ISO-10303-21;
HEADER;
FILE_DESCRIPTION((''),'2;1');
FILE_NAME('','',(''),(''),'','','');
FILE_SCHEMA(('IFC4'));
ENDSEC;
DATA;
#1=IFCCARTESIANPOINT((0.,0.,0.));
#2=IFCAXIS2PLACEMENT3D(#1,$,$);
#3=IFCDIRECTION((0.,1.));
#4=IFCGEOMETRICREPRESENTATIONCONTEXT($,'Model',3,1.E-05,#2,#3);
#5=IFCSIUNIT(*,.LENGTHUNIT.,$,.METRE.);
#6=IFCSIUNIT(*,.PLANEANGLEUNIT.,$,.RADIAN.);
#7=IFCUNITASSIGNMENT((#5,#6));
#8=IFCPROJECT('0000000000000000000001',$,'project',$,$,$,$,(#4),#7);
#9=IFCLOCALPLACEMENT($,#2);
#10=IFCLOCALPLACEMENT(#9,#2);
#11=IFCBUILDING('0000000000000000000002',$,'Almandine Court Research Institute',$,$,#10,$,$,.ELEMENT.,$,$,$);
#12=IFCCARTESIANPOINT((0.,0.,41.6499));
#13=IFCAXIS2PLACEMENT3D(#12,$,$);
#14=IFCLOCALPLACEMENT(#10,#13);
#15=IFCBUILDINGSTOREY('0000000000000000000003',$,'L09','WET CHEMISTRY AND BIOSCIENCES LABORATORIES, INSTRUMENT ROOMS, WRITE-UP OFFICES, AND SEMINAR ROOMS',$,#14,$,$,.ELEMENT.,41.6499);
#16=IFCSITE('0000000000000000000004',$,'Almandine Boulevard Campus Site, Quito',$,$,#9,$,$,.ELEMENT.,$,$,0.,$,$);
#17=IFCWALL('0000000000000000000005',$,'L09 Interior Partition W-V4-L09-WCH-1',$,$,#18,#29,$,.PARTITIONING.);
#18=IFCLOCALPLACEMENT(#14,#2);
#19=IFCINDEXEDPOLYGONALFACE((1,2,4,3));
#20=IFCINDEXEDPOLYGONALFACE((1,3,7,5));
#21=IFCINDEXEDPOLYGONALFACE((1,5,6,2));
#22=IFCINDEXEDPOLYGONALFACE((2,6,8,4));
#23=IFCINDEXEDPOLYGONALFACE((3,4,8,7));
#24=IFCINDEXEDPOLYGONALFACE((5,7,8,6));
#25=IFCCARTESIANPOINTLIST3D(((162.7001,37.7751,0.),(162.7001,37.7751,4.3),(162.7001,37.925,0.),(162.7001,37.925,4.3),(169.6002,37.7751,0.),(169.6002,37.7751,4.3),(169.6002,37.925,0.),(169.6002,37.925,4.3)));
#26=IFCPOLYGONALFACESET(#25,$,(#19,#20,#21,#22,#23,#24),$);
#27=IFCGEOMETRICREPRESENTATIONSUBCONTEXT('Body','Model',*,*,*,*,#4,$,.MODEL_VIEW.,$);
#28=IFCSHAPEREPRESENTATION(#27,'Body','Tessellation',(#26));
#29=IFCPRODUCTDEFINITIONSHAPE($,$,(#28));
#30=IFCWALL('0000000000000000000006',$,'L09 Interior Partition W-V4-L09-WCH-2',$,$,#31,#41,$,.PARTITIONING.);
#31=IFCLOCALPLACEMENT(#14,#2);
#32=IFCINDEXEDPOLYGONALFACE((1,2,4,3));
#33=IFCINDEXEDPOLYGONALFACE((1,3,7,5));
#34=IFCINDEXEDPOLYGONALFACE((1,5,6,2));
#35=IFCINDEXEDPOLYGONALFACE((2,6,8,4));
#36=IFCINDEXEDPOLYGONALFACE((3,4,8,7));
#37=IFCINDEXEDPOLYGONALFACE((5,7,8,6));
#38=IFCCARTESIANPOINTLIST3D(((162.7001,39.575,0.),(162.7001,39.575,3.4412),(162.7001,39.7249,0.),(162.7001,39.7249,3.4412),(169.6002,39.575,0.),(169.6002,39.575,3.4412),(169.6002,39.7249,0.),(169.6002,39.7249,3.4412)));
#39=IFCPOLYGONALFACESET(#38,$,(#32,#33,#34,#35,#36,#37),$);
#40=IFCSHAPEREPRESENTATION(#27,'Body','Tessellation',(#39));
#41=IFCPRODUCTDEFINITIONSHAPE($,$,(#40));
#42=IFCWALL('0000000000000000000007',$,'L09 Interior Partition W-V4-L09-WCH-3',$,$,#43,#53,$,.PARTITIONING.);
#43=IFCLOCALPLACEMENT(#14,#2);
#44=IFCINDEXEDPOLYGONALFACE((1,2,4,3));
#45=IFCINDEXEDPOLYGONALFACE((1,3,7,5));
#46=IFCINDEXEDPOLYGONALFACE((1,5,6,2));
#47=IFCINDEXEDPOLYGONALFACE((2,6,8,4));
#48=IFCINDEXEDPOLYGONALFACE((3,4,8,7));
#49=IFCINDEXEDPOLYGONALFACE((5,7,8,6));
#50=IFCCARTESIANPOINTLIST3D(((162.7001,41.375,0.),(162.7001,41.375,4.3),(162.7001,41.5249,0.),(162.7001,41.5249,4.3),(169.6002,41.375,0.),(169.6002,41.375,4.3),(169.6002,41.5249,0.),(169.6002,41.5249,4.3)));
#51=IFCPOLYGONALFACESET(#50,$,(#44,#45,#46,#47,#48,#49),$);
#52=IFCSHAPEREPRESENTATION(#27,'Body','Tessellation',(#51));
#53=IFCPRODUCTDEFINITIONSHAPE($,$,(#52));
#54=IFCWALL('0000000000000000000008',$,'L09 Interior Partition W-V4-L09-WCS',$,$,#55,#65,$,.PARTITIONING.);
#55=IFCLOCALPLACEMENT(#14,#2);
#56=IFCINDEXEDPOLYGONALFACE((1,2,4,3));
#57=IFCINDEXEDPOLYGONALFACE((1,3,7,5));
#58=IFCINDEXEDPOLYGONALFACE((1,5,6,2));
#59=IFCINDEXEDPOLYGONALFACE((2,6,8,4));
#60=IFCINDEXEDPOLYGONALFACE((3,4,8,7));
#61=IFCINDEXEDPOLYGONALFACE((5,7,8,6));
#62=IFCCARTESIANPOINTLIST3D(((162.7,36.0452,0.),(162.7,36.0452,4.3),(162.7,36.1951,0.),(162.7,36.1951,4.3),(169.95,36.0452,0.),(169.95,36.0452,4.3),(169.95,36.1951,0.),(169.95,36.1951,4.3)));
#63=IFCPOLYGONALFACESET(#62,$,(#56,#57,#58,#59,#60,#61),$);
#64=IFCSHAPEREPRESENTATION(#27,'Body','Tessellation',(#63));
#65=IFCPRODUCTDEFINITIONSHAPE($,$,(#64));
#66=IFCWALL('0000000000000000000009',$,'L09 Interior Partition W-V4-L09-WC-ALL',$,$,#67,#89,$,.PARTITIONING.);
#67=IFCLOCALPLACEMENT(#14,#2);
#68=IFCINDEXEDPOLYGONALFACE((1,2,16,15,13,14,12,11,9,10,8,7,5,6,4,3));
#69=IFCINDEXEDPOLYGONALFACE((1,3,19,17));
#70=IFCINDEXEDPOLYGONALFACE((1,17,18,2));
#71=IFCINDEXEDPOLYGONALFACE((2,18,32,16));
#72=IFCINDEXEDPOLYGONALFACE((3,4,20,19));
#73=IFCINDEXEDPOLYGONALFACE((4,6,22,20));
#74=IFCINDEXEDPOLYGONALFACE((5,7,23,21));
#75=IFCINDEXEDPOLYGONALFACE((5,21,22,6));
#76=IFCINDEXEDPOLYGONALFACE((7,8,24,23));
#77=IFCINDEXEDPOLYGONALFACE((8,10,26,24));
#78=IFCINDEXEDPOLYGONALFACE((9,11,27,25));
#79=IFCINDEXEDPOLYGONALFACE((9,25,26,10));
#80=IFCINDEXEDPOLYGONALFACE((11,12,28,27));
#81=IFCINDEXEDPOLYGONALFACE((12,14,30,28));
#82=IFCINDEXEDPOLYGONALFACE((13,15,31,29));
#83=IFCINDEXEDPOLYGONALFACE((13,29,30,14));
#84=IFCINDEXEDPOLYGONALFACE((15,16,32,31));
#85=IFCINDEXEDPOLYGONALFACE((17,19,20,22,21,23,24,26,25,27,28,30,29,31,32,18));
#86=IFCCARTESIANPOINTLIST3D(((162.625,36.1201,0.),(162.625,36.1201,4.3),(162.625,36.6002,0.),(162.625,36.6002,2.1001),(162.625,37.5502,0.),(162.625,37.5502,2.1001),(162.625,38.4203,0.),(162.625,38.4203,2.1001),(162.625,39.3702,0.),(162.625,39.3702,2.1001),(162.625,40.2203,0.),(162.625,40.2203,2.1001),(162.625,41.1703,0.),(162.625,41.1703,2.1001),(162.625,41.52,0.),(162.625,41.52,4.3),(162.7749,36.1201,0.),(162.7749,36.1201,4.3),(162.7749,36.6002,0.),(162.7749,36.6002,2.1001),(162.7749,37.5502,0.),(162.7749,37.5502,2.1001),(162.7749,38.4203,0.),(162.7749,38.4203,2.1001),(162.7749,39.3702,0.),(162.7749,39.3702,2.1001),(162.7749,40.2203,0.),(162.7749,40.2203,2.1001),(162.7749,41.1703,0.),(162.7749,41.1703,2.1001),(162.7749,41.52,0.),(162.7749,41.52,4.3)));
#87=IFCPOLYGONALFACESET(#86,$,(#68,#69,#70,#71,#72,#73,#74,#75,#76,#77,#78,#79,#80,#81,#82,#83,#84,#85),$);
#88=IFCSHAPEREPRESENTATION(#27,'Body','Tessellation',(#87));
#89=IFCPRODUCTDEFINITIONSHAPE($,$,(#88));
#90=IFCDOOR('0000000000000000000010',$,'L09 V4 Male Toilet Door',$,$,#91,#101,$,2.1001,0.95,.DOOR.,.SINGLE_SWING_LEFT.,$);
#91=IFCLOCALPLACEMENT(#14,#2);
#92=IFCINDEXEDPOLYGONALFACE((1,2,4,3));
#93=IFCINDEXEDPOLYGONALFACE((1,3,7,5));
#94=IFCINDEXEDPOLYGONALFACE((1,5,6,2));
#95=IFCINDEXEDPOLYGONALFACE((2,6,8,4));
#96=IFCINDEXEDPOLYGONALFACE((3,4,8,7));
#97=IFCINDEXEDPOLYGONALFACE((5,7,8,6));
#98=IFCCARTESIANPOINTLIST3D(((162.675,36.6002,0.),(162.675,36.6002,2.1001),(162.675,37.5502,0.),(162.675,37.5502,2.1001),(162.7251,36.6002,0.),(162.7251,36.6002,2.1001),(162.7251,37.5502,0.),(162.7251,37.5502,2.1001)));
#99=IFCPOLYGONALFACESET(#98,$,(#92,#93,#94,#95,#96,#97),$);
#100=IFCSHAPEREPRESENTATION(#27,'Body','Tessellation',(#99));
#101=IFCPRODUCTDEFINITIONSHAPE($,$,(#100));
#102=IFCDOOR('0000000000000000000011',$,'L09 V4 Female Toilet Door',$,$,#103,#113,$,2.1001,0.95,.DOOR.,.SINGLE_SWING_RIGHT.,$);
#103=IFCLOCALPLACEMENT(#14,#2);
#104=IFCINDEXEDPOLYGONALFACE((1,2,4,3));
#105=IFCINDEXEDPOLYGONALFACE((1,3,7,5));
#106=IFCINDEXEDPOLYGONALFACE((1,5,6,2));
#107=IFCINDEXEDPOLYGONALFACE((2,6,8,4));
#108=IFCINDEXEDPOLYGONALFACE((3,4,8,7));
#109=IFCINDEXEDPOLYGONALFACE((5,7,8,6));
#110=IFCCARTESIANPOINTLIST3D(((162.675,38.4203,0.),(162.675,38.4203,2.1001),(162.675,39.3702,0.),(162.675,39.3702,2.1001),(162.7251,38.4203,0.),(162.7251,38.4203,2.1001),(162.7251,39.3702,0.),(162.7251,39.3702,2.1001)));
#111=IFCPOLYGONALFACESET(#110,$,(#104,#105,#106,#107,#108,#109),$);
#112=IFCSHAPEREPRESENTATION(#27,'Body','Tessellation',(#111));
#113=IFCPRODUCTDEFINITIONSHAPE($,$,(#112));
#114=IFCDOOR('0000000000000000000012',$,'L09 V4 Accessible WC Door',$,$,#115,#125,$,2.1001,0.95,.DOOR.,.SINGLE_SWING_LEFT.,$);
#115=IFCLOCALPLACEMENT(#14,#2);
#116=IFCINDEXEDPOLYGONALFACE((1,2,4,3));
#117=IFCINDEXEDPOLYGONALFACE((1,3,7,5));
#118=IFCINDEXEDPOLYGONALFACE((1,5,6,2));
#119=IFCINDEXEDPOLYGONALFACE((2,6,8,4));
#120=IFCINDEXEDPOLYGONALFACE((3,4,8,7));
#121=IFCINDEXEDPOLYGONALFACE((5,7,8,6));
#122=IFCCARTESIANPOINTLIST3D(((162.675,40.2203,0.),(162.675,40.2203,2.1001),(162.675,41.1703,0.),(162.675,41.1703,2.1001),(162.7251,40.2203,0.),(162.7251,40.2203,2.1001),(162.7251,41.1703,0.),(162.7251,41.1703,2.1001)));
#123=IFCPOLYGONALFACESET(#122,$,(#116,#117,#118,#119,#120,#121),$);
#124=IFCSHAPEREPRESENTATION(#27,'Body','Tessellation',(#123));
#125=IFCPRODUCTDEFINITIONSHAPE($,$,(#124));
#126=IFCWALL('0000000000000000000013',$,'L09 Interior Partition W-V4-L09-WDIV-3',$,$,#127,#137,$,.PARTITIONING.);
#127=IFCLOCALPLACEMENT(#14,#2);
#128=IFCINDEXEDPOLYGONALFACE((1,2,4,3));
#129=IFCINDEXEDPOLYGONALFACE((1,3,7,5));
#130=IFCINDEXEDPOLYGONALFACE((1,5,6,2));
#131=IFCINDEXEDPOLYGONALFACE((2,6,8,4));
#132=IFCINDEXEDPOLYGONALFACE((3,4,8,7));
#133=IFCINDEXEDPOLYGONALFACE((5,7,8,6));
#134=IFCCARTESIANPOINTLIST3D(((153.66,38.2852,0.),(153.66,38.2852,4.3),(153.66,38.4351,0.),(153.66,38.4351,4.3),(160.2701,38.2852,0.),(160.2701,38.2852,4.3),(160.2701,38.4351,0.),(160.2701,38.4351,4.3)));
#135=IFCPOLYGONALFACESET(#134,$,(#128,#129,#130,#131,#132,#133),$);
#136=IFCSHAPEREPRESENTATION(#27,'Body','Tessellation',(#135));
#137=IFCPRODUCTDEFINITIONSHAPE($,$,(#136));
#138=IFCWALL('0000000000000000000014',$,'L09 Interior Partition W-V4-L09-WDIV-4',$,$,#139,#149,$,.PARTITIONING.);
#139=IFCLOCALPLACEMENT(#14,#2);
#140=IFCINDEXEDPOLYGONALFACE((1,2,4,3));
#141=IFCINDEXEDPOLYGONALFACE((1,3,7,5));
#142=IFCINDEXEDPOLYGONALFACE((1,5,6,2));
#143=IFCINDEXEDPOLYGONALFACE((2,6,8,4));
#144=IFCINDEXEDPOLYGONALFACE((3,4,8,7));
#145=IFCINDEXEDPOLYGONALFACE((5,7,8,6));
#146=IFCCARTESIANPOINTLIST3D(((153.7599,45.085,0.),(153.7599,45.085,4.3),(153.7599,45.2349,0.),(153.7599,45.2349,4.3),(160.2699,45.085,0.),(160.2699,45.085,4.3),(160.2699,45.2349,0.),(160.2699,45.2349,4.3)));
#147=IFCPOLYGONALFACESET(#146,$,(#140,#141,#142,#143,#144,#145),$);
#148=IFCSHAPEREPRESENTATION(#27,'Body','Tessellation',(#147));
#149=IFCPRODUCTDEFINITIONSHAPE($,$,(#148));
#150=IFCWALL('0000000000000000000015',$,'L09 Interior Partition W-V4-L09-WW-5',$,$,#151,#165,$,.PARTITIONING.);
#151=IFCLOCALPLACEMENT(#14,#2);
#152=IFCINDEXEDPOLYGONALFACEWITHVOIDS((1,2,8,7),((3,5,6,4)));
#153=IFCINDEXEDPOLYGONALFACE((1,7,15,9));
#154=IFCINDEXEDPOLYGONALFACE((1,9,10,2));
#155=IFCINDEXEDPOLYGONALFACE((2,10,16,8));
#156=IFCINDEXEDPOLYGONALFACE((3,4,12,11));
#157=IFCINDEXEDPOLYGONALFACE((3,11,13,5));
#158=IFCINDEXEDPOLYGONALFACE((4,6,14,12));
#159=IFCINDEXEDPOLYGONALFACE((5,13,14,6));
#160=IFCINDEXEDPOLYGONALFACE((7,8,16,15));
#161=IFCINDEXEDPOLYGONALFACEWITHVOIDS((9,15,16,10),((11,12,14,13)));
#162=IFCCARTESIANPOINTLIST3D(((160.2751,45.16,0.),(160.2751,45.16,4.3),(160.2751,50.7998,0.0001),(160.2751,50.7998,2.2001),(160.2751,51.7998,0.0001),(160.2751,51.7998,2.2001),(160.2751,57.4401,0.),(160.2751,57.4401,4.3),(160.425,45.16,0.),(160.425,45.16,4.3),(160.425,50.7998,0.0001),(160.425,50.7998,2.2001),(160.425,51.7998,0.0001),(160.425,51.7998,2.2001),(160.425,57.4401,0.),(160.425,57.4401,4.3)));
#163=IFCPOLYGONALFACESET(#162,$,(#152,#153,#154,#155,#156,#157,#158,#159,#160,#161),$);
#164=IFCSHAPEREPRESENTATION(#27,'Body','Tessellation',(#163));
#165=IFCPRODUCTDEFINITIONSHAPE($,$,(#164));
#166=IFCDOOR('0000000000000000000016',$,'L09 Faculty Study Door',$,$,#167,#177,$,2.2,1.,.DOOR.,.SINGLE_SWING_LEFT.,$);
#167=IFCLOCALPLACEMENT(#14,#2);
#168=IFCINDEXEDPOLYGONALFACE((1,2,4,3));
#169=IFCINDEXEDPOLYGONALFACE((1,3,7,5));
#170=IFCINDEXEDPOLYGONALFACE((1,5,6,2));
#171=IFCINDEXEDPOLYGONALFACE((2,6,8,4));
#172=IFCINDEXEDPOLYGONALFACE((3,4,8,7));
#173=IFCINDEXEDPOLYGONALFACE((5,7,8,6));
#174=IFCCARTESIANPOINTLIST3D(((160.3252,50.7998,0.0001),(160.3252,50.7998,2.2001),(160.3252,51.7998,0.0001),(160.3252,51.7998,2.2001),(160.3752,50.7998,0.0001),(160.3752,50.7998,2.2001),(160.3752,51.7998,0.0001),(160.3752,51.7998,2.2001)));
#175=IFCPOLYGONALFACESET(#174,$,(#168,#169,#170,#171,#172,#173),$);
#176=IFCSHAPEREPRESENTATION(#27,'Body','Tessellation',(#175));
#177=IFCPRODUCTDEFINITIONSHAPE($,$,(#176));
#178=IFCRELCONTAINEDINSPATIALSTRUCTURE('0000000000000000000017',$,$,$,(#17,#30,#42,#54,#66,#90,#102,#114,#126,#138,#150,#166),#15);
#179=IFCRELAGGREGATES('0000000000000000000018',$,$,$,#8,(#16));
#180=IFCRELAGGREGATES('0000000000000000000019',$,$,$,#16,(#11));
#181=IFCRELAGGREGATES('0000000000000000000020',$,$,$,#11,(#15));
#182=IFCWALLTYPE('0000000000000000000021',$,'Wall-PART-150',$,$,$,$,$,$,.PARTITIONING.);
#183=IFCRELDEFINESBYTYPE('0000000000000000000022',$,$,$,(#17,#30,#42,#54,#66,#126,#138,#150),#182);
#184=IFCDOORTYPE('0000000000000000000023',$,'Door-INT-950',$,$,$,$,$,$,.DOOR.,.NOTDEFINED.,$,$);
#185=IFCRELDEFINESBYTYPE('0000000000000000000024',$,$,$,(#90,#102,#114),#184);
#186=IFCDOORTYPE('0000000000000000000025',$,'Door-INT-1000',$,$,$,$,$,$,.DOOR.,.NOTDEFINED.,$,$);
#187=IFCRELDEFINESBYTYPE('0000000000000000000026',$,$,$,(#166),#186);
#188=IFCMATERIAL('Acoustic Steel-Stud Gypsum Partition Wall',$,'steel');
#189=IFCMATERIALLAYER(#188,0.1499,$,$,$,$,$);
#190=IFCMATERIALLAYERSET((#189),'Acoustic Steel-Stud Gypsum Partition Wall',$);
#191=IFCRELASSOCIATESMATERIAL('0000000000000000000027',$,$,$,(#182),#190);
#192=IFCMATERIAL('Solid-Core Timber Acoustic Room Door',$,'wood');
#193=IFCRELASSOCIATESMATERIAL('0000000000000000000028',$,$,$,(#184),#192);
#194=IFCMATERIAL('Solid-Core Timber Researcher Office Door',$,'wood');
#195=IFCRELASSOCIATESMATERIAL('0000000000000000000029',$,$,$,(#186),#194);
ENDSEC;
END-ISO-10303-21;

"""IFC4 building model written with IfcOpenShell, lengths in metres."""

from ifc_helpers import new_model, si_unit, direction, frame, frame_2d, origin, place, context, subcontext, project, spatial, rectangle, extrude, material, layer, layer_set, type_object, element, fill, save


model = new_model("IFC4")

# Units and contexts
model_context = context("Model", 3, precision=1e-05, world=origin(), true_north=direction((0.0, 1.0)))
body_context = subcontext(model_context, "Body", "Model", "MODEL_VIEW")
ifc_project = project(units=[si_unit("LENGTHUNIT", "METRE"), si_unit("PLANEANGLEUNIT", "RADIAN")], contexts=[model_context])

# Site, building, storey
site_placement = place(None, origin())
site = spatial("IfcSite", under=ifc_project, at=site_placement, Name="Almandine Boulevard Campus Site, Quito", CompositionType="ELEMENT", RefElevation=0.0)
building_placement = place(site_placement, origin())
building = spatial("IfcBuilding", under=site, at=building_placement, Name="Almandine Court Research Institute", CompositionType="ELEMENT")
storey_placement = place(building_placement, frame((0.0, 0.0, 41.6499)))
storey = spatial("IfcBuildingStorey", under=building, at=storey_placement, Name="L09", Description="WET CHEMISTRY AND BIOSCIENCES LABORATORIES, INSTRUMENT ROOMS, WRITE-UP OFFICES, AND SEMINAR ROOMS", CompositionType="ELEMENT", Elevation=41.6499)

# Walls
ifc_material_1 = material(Name="Acoustic Steel-Stud Gypsum Partition Wall", Category="steel")
ifc_layer_1 = layer(ifc_material_1, 0.1499)
ifc_layer_set_1 = layer_set([ifc_layer_1], Name="Acoustic Steel-Stud Gypsum Partition Wall")
wall_type_1 = type_object("IfcWallType", Name="Wall-PART-150", PredefinedType="PARTITIONING", material=ifc_layer_set_1)
wall_1_placement = place(storey_placement, frame((162.7, 37.8501, 0.0), z_axis=(0.0, 0.0, 1.0), x_axis=(1.0, 0.0, 0.0)))
element("IfcWall", 1, at=wall_1_placement, inside=storey, type_object=wall_type_1, Name="L09 Interior Partition W-V4-L09-WCH-1", PredefinedType="PARTITIONING", context=body_context, shape_type="SweptSolid", body=[
    extrude(rectangle(XDim=6.9001, YDim=0.1499, at=frame_2d((3.4502, 0.0))), origin(), (0.0, 0.0, 1.0), 4.3),
])
wall_2_placement = place(storey_placement, frame((162.7, 39.6499, 0.0), z_axis=(0.0, 0.0, 1.0), x_axis=(1.0, 0.0, 0.0)))
element("IfcWall", 2, at=wall_2_placement, inside=storey, type_object=wall_type_1, Name="L09 Interior Partition W-V4-L09-WCH-2", PredefinedType="PARTITIONING", context=body_context, shape_type="SweptSolid", body=[
    extrude(rectangle(XDim=6.9001, YDim=0.1499, at=frame_2d((3.4502, 0.0))), origin(), (0.0, 0.0, 1.0), 3.4412),
])
wall_3_placement = place(storey_placement, frame((162.7, 41.45, 0.0), z_axis=(0.0, 0.0, 1.0), x_axis=(1.0, 0.0, 0.0)))
element("IfcWall", 3, at=wall_3_placement, inside=storey, type_object=wall_type_1, Name="L09 Interior Partition W-V4-L09-WCH-3", PredefinedType="PARTITIONING", context=body_context, shape_type="SweptSolid", body=[
    extrude(rectangle(XDim=6.9001, YDim=0.1499, at=frame_2d((3.4502, 0.0))), origin(), (0.0, 0.0, 1.0), 4.3),
])
wall_4_placement = place(storey_placement, frame((162.7, 36.1201, 0.0), z_axis=(0.0, 0.0, 1.0), x_axis=(1.0, 0.0, 0.0)))
element("IfcWall", 4, at=wall_4_placement, inside=storey, type_object=wall_type_1, Name="L09 Interior Partition W-V4-L09-WCS", PredefinedType="PARTITIONING", context=body_context, shape_type="SweptSolid", body=[
    extrude(rectangle(XDim=7.25, YDim=0.1499, at=frame_2d((3.625, 0.0))), origin(), (0.0, 0.0, 1.0), 4.3),
])

# Wall, openings, doors
wall_5_placement = place(storey_placement, frame((162.7, 36.1201, 0.0), z_axis=(0.0, 0.0, 1.0), x_axis=(0.0, 1.0, 0.0)))
wall_5 = element("IfcWall", 5, at=wall_5_placement, inside=storey, type_object=wall_type_1, Name="L09 Interior Partition W-V4-L09-WC-ALL", PredefinedType="PARTITIONING", context=body_context, shape_type="SweptSolid", body=[
    extrude(rectangle(XDim=5.3999, YDim=0.1499, at=frame_2d((2.7, 0.0))), origin(), (0.0, 0.0, 1.0), 4.3),
])
opening_1_placement = place(wall_5_placement, frame((0.48, 0.0, 0.0)))
opening_1 = element("IfcOpeningElement", 6, at=opening_1_placement, cuts=wall_5, PredefinedType="OPENING", context=body_context, shape_type="SweptSolid", body=[
    extrude(rectangle(XDim=0.95, YDim=2.1001, at=frame_2d((0.4751, 1.05))), frame((0.0, 0.085, 0.0), z_axis=(0.0, -1.0, 0.0), x_axis=(1.0, 0.0, 0.0)), (0.0, 0.0, 1.0), 0.1699),
])
opening_2_placement = place(wall_5_placement, frame((2.3, 0.0, 0.0)))
opening_2 = element("IfcOpeningElement", 7, at=opening_2_placement, cuts=wall_5, PredefinedType="OPENING", context=body_context, shape_type="SweptSolid", body=[
    extrude(rectangle(XDim=0.95, YDim=2.1001, at=frame_2d((0.4751, 1.05))), frame((0.0, 0.085, 0.0), z_axis=(0.0, -1.0, 0.0), x_axis=(1.0, 0.0, 0.0)), (0.0, 0.0, 1.0), 0.1699),
])
opening_3_placement = place(wall_5_placement, frame((4.1001, 0.0, 0.0)))
opening_3 = element("IfcOpeningElement", 8, at=opening_3_placement, cuts=wall_5, PredefinedType="OPENING", context=body_context, shape_type="SweptSolid", body=[
    extrude(rectangle(XDim=0.95, YDim=2.1001, at=frame_2d((0.4751, 1.05))), frame((0.0, 0.085, 0.0), z_axis=(0.0, -1.0, 0.0), x_axis=(1.0, 0.0, 0.0)), (0.0, 0.0, 1.0), 0.1699),
])
ifc_material_2 = material(Name="Solid-Core Timber Acoustic Room Door", Category="wood")
door_type_1 = type_object("IfcDoorType", Name="Door-INT-950", OperationType="NOTDEFINED", PredefinedType="DOOR", material=ifc_material_2)
door_1_placement = place(opening_1_placement, origin())
door_1 = element("IfcDoor", 9, at=door_1_placement, inside=storey, type_object=door_type_1, Name="L09 V4 Male Toilet Door", OperationType="SINGLE_SWING_LEFT", OverallHeight=2.1001, OverallWidth=0.95, PredefinedType="DOOR", context=body_context, shape_type="SweptSolid", body=[
    extrude(rectangle(XDim=0.95, YDim=2.1001, at=frame_2d((0.4751, 1.05))), frame((0.0, 0.0249, 0.0), z_axis=(0.0, -1.0, 0.0), x_axis=(1.0, 0.0, 0.0)), (0.0, 0.0, 1.0), 0.05),
])
fill(opening_1, door_1)
door_2_placement = place(opening_2_placement, origin())
door_2 = element("IfcDoor", 10, at=door_2_placement, inside=storey, type_object=door_type_1, Name="L09 V4 Female Toilet Door", OperationType="SINGLE_SWING_RIGHT", OverallHeight=2.1001, OverallWidth=0.95, PredefinedType="DOOR", context=body_context, shape_type="SweptSolid", body=[
    extrude(rectangle(XDim=0.95, YDim=2.1001, at=frame_2d((0.4751, 1.05))), frame((0.0, 0.0249, 0.0), z_axis=(0.0, -1.0, 0.0), x_axis=(1.0, 0.0, 0.0)), (0.0, 0.0, 1.0), 0.05),
])
fill(opening_2, door_2)
door_3_placement = place(opening_3_placement, origin())
door_3 = element("IfcDoor", 11, at=door_3_placement, inside=storey, type_object=door_type_1, Name="L09 V4 Accessible WC Door", OperationType="SINGLE_SWING_LEFT", OverallHeight=2.1001, OverallWidth=0.95, PredefinedType="DOOR", context=body_context, shape_type="SweptSolid", body=[
    extrude(rectangle(XDim=0.95, YDim=2.1001, at=frame_2d((0.4751, 1.05))), frame((0.0, 0.0249, 0.0), z_axis=(0.0, -1.0, 0.0), x_axis=(1.0, 0.0, 0.0)), (0.0, 0.0, 1.0), 0.05),
])
fill(opening_3, door_3)

# Walls
wall_6_placement = place(storey_placement, frame((153.6599, 38.3601, 0.0), z_axis=(0.0, 0.0, 1.0), x_axis=(1.0, 0.0, 0.0)))
element("IfcWall", 12, at=wall_6_placement, inside=storey, type_object=wall_type_1, Name="L09 Interior Partition W-V4-L09-WDIV-3", PredefinedType="PARTITIONING", context=body_context, shape_type="SweptSolid", body=[
    extrude(rectangle(XDim=6.6101, YDim=0.1499, at=frame_2d((3.3052, 0.0))), origin(), (0.0, 0.0, 1.0), 4.3),
])
wall_7_placement = place(storey_placement, frame((153.76, 45.1599, 0.0), z_axis=(0.0, 0.0, 1.0), x_axis=(1.0, 0.0, 0.0)))
element("IfcWall", 13, at=wall_7_placement, inside=storey, type_object=wall_type_1, Name="L09 Interior Partition W-V4-L09-WDIV-4", PredefinedType="PARTITIONING", context=body_context, shape_type="SweptSolid", body=[
    extrude(rectangle(XDim=6.51, YDim=0.1499, at=frame_2d((3.2549, 0.0))), origin(), (0.0, 0.0, 1.0), 4.3),
])

# Wall, opening, door
wall_8_placement = place(storey_placement, frame((160.3501, 45.1599, 0.0), z_axis=(0.0, 0.0, 1.0), x_axis=(0.0, 1.0, 0.0)))
wall_8 = element("IfcWall", 14, at=wall_8_placement, inside=storey, type_object=wall_type_1, Name="L09 Interior Partition W-V4-L09-WW-5", PredefinedType="PARTITIONING", context=body_context, shape_type="SweptSolid", body=[
    extrude(rectangle(XDim=12.28, YDim=0.1499, at=frame_2d((6.1401, 0.0))), origin(), (0.0, 0.0, 1.0), 4.3),
])
opening_4_placement = place(wall_8_placement, frame((5.6399, 0.0, 0.0)))
opening_4 = element("IfcOpeningElement", 15, at=opening_4_placement, cuts=wall_8, PredefinedType="OPENING", context=body_context, shape_type="SweptSolid", body=[
    extrude(rectangle(XDim=1.0, YDim=2.2, at=frame_2d((0.5, 1.1001))), frame((0.0, 0.085, 0.0), z_axis=(0.0, -1.0, 0.0), x_axis=(1.0, 0.0, 0.0)), (0.0, 0.0, 1.0), 0.1699),
])
ifc_material_3 = material(Name="Solid-Core Timber Researcher Office Door", Category="wood")
door_type_2 = type_object("IfcDoorType", Name="Door-INT-1000", OperationType="NOTDEFINED", PredefinedType="DOOR", material=ifc_material_3)
door_4_placement = place(opening_4_placement, origin())
door_4 = element("IfcDoor", 16, at=door_4_placement, inside=storey, type_object=door_type_2, Name="L09 Faculty Study Door", OperationType="SINGLE_SWING_LEFT", OverallHeight=2.2, OverallWidth=1.0, PredefinedType="DOOR", context=body_context, shape_type="SweptSolid", body=[
    extrude(rectangle(XDim=1.0, YDim=2.2, at=frame_2d((0.5, 1.1001))), frame((0.0, 0.0249, 0.0), z_axis=(0.0, -1.0, 0.0), x_axis=(1.0, 0.0, 0.0)), (0.0, 0.0, 1.0), 0.05),
])
fill(opening_4, door_4)

save(model, "model.ifc")
